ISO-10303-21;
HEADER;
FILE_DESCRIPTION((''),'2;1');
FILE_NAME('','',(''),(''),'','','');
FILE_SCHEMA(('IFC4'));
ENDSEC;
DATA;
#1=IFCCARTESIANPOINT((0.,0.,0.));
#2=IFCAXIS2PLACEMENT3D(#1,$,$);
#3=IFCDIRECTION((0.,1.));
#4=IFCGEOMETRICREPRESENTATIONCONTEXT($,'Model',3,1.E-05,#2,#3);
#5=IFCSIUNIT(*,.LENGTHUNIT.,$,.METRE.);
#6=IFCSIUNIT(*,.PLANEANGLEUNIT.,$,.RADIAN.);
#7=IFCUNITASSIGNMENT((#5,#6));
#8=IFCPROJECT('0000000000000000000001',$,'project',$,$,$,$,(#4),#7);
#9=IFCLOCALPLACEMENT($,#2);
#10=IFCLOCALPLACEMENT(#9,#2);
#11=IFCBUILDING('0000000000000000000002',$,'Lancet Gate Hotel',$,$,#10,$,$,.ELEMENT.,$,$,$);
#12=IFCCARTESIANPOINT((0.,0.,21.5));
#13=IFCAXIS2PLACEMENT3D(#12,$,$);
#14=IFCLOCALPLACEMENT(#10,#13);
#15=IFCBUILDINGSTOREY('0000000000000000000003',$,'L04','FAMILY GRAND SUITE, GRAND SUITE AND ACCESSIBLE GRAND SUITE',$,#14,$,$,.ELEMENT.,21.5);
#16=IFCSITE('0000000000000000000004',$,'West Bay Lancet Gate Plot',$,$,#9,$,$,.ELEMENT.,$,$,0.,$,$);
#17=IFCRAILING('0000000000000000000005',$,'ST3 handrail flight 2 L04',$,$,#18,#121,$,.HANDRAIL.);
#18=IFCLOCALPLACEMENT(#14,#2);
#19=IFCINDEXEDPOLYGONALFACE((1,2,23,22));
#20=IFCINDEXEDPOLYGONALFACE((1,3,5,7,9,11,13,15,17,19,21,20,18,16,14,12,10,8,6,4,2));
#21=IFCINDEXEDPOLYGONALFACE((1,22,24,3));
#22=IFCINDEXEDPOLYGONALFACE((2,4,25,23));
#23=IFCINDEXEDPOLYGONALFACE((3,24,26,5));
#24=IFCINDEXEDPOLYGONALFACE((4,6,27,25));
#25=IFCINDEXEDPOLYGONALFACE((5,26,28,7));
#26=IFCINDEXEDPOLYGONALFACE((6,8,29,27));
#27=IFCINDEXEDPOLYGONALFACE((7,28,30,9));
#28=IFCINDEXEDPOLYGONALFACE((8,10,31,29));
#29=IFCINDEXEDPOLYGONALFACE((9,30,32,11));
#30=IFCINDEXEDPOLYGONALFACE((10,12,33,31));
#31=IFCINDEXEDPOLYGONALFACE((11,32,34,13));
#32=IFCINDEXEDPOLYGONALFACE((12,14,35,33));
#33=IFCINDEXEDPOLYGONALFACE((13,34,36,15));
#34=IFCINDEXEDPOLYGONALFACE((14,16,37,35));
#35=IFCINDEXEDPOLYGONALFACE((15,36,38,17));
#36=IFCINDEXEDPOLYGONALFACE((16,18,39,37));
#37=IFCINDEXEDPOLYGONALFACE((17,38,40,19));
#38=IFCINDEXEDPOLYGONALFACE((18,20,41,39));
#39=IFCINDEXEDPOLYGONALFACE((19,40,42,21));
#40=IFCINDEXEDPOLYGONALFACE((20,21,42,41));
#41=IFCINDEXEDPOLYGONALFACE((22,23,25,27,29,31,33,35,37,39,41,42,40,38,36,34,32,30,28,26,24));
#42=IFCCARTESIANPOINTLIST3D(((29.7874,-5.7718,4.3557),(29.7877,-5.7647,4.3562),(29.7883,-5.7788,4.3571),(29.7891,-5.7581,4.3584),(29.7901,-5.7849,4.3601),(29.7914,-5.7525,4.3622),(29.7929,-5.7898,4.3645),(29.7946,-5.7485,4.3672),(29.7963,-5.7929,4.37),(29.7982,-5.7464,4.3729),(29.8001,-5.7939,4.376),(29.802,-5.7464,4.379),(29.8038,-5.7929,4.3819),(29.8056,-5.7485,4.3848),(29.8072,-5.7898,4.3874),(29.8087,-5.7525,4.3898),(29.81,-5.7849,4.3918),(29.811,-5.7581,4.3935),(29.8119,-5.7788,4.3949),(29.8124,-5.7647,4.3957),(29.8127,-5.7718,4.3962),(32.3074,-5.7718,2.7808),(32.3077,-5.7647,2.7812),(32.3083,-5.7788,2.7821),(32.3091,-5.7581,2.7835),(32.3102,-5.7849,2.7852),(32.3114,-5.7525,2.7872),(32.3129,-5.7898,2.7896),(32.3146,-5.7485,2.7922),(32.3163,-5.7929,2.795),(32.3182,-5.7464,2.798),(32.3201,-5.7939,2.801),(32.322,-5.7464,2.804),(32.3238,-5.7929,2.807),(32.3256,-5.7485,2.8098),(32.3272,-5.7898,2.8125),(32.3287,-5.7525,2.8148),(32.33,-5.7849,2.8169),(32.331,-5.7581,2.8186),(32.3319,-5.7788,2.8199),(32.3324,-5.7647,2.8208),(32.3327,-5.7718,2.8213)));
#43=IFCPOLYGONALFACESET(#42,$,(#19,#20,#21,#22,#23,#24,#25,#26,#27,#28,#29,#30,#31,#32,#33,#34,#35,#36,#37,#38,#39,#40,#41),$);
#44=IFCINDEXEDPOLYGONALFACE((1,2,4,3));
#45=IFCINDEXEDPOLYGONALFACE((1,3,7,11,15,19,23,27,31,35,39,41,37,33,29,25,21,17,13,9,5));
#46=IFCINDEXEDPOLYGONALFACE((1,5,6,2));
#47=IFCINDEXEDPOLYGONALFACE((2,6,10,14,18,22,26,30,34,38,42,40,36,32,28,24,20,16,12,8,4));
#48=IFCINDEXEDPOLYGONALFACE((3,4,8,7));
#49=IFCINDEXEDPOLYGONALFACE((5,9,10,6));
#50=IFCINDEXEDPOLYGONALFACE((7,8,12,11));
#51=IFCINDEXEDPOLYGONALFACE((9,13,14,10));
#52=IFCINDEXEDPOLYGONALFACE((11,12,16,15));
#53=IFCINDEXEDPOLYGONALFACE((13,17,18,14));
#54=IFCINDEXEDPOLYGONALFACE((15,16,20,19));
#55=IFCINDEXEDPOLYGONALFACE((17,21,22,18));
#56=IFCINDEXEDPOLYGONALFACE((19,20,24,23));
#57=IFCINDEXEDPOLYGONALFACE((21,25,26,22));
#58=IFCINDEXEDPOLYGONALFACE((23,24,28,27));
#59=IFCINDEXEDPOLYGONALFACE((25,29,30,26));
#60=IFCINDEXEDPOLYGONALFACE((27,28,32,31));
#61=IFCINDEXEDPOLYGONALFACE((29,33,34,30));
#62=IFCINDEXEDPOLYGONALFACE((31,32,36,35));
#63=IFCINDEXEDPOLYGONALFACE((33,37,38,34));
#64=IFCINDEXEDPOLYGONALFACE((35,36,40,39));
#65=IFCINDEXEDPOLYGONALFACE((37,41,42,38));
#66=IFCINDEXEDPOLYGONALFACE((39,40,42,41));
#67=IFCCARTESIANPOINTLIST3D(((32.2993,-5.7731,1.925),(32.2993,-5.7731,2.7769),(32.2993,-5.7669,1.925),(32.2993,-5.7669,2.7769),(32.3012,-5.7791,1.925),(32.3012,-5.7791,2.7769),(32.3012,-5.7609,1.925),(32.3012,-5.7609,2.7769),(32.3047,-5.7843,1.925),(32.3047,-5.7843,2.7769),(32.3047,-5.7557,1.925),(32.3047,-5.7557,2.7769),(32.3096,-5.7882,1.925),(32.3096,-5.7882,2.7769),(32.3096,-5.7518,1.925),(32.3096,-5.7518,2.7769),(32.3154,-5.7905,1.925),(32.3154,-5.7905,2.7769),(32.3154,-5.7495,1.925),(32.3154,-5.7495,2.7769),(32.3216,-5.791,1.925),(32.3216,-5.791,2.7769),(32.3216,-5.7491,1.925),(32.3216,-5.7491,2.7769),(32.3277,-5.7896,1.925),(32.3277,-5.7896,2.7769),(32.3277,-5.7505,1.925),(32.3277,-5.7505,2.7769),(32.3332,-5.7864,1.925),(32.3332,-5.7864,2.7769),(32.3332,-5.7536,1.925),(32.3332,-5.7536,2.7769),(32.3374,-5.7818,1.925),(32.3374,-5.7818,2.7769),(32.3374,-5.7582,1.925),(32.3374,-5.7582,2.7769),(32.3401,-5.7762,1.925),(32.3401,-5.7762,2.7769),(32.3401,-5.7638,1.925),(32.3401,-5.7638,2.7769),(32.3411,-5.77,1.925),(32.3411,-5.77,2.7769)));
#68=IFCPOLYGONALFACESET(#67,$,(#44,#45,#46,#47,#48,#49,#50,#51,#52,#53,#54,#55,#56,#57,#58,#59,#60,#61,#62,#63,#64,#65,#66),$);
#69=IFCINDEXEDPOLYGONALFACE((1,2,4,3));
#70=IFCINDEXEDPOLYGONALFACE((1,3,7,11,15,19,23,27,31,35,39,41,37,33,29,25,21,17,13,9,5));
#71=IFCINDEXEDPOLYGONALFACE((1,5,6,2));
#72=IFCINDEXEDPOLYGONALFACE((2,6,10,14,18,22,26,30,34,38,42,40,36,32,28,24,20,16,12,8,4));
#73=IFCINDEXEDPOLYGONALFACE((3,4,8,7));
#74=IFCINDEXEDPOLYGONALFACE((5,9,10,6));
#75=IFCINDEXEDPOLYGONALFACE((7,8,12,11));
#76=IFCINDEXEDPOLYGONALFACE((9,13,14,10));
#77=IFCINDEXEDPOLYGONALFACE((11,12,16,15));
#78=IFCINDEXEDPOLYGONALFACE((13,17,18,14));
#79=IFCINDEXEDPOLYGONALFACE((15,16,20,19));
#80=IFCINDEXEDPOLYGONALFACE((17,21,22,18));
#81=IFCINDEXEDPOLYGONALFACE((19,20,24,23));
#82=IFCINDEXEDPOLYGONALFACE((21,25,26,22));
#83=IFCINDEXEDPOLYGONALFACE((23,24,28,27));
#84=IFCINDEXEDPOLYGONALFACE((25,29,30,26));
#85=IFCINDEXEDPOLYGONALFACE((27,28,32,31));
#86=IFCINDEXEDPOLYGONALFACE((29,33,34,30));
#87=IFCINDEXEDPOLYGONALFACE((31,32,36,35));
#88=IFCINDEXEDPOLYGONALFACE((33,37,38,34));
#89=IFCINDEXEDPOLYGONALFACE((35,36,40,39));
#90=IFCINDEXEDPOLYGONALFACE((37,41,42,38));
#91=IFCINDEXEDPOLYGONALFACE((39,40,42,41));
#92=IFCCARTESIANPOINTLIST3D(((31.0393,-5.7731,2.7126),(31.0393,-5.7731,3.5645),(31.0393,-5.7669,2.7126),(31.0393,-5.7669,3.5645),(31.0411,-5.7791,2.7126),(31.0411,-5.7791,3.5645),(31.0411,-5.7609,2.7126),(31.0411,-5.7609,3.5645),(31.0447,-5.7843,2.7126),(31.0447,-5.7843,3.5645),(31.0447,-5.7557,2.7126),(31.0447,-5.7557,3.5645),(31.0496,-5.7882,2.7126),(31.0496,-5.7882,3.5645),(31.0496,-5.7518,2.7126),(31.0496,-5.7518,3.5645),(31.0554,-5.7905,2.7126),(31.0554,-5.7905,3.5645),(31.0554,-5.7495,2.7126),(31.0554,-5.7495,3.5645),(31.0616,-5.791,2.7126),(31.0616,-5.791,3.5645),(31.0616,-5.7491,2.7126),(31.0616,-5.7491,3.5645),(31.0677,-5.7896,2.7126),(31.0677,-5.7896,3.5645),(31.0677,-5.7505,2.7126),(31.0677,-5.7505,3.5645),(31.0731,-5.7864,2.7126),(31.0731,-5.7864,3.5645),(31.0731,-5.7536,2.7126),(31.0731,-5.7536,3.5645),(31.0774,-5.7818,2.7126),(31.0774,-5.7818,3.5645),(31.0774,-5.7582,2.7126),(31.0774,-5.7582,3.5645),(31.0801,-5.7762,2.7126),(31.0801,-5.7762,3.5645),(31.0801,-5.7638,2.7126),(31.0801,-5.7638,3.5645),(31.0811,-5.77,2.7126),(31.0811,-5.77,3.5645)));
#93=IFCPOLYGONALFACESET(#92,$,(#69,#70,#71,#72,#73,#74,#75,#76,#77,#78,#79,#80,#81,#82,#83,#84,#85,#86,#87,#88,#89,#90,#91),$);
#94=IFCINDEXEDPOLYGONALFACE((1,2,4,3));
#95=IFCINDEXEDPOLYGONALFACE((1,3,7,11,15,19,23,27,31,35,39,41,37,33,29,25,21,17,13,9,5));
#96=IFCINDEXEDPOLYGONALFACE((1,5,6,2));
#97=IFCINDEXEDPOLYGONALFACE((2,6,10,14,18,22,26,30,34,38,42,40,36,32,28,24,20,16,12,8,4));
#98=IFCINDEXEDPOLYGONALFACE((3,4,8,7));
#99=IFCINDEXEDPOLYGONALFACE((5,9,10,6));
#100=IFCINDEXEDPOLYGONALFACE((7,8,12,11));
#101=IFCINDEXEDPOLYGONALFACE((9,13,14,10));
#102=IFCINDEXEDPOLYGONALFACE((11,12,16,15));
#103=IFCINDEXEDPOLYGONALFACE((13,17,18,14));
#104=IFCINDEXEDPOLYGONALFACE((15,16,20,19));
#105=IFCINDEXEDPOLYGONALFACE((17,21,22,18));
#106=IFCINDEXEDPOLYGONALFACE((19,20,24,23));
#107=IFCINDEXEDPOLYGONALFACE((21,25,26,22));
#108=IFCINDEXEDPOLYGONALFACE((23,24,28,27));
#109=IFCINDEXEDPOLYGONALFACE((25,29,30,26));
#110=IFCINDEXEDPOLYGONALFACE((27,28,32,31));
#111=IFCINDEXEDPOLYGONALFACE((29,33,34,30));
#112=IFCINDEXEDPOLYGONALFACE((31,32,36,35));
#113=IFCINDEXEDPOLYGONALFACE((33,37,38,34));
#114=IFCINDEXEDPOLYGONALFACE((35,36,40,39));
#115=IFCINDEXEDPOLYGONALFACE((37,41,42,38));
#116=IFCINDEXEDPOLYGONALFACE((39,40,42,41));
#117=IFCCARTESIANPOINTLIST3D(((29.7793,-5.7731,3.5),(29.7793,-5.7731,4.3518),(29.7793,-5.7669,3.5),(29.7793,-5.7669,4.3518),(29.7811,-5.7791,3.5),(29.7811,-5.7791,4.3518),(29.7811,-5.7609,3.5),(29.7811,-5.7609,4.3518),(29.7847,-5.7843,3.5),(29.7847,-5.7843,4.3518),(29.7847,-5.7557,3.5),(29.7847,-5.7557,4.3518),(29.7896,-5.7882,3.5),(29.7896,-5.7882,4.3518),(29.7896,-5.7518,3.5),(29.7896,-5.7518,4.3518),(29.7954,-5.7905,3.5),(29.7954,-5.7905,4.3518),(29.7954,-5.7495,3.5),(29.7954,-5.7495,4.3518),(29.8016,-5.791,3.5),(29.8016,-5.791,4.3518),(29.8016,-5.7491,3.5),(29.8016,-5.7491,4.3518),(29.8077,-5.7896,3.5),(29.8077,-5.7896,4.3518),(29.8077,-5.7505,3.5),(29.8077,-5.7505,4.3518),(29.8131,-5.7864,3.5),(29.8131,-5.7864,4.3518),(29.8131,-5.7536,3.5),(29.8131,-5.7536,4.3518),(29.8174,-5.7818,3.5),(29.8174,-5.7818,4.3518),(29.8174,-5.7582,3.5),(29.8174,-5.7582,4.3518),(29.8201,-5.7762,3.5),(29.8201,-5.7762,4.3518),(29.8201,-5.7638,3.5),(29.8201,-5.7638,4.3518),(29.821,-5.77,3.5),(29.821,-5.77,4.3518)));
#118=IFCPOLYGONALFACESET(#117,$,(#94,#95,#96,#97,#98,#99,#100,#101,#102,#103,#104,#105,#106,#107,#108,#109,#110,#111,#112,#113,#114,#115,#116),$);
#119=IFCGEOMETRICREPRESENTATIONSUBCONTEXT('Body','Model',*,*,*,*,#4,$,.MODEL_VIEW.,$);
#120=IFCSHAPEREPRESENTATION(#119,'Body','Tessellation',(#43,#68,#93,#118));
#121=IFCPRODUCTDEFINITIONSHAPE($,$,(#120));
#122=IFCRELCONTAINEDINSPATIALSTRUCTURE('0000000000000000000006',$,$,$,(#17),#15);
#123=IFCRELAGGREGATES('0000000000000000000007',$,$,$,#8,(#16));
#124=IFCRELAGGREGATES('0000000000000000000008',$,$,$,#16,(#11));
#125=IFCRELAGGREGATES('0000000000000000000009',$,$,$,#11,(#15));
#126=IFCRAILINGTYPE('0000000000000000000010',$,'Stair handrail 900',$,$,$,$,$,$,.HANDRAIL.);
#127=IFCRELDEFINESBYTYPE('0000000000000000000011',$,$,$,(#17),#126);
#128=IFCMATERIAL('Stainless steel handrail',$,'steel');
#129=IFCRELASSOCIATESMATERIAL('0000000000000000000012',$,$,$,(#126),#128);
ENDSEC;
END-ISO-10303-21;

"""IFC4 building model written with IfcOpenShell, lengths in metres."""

from ifc_helpers import new_model, si_unit, direction, frame, origin, origin_2d, place, context, subcontext, project, spatial, circle, extrude, material, type_object, element, save


model = new_model("IFC4")

# Units and contexts
model_context = context("Model", 3, precision=1e-05, world=origin(), true_north=direction((0.0, 1.0)))
body_context = subcontext(model_context, "Body", "Model", "MODEL_VIEW")
ifc_project = project(units=[si_unit("LENGTHUNIT", "METRE"), si_unit("PLANEANGLEUNIT", "RADIAN")], contexts=[model_context])

# Site, building, storey
site_placement = place(None, origin())
site = spatial("IfcSite", under=ifc_project, at=site_placement, Name="West Bay Lancet Gate Plot", CompositionType="ELEMENT", RefElevation=0.0)
building_placement = place(site_placement, origin())
building = spatial("IfcBuilding", under=site, at=building_placement, Name="Lancet Gate Hotel", CompositionType="ELEMENT")
storey_placement = place(building_placement, frame((0.0, 0.0, 21.5)))
storey = spatial("IfcBuildingStorey", under=building, at=storey_placement, Name="L04", Description="FAMILY GRAND SUITE, GRAND SUITE AND ACCESSIBLE GRAND SUITE", CompositionType="ELEMENT", Elevation=21.5)

# Railing
ifc_material_1 = material(Name="Stainless steel handrail", Category="steel")
railing_type = type_object("IfcRailingType", Name="Stair handrail 900", PredefinedType="HANDRAIL", material=ifc_material_1)
railing_1_placement = place(storey_placement, frame((32.3201, -5.77, 1.925)))
element("IfcRailing", 1, at=railing_1_placement, inside=storey, type_object=railing_type, Name="ST3 handrail flight 2 L04", PredefinedType="HANDRAIL", context=body_context, shape_type="SweptSolid", body=[
    extrude(circle(Radius=0.0239, at=origin_2d()), frame((0.0, 0.0, 0.876), z_axis=(-0.848008, 0.0, 0.529984), x_axis=(0.0, -1.0, 0.0)), (0.0, 0.0, 1.0), 2.9717),
    extrude(circle(Radius=0.021, at=origin_2d()), origin(), (0.0, 0.0, 1.0), 0.8518),
    extrude(circle(Radius=0.021, at=origin_2d()), frame((-1.26, 0.0, 0.7876)), (0.0, 0.0, 1.0), 0.8518),
    extrude(circle(Radius=0.021, at=origin_2d()), frame((-2.52, 0.0, 1.575)), (0.0, 0.0, 1.0), 0.8518),
])

save(model, "model.ifc")
